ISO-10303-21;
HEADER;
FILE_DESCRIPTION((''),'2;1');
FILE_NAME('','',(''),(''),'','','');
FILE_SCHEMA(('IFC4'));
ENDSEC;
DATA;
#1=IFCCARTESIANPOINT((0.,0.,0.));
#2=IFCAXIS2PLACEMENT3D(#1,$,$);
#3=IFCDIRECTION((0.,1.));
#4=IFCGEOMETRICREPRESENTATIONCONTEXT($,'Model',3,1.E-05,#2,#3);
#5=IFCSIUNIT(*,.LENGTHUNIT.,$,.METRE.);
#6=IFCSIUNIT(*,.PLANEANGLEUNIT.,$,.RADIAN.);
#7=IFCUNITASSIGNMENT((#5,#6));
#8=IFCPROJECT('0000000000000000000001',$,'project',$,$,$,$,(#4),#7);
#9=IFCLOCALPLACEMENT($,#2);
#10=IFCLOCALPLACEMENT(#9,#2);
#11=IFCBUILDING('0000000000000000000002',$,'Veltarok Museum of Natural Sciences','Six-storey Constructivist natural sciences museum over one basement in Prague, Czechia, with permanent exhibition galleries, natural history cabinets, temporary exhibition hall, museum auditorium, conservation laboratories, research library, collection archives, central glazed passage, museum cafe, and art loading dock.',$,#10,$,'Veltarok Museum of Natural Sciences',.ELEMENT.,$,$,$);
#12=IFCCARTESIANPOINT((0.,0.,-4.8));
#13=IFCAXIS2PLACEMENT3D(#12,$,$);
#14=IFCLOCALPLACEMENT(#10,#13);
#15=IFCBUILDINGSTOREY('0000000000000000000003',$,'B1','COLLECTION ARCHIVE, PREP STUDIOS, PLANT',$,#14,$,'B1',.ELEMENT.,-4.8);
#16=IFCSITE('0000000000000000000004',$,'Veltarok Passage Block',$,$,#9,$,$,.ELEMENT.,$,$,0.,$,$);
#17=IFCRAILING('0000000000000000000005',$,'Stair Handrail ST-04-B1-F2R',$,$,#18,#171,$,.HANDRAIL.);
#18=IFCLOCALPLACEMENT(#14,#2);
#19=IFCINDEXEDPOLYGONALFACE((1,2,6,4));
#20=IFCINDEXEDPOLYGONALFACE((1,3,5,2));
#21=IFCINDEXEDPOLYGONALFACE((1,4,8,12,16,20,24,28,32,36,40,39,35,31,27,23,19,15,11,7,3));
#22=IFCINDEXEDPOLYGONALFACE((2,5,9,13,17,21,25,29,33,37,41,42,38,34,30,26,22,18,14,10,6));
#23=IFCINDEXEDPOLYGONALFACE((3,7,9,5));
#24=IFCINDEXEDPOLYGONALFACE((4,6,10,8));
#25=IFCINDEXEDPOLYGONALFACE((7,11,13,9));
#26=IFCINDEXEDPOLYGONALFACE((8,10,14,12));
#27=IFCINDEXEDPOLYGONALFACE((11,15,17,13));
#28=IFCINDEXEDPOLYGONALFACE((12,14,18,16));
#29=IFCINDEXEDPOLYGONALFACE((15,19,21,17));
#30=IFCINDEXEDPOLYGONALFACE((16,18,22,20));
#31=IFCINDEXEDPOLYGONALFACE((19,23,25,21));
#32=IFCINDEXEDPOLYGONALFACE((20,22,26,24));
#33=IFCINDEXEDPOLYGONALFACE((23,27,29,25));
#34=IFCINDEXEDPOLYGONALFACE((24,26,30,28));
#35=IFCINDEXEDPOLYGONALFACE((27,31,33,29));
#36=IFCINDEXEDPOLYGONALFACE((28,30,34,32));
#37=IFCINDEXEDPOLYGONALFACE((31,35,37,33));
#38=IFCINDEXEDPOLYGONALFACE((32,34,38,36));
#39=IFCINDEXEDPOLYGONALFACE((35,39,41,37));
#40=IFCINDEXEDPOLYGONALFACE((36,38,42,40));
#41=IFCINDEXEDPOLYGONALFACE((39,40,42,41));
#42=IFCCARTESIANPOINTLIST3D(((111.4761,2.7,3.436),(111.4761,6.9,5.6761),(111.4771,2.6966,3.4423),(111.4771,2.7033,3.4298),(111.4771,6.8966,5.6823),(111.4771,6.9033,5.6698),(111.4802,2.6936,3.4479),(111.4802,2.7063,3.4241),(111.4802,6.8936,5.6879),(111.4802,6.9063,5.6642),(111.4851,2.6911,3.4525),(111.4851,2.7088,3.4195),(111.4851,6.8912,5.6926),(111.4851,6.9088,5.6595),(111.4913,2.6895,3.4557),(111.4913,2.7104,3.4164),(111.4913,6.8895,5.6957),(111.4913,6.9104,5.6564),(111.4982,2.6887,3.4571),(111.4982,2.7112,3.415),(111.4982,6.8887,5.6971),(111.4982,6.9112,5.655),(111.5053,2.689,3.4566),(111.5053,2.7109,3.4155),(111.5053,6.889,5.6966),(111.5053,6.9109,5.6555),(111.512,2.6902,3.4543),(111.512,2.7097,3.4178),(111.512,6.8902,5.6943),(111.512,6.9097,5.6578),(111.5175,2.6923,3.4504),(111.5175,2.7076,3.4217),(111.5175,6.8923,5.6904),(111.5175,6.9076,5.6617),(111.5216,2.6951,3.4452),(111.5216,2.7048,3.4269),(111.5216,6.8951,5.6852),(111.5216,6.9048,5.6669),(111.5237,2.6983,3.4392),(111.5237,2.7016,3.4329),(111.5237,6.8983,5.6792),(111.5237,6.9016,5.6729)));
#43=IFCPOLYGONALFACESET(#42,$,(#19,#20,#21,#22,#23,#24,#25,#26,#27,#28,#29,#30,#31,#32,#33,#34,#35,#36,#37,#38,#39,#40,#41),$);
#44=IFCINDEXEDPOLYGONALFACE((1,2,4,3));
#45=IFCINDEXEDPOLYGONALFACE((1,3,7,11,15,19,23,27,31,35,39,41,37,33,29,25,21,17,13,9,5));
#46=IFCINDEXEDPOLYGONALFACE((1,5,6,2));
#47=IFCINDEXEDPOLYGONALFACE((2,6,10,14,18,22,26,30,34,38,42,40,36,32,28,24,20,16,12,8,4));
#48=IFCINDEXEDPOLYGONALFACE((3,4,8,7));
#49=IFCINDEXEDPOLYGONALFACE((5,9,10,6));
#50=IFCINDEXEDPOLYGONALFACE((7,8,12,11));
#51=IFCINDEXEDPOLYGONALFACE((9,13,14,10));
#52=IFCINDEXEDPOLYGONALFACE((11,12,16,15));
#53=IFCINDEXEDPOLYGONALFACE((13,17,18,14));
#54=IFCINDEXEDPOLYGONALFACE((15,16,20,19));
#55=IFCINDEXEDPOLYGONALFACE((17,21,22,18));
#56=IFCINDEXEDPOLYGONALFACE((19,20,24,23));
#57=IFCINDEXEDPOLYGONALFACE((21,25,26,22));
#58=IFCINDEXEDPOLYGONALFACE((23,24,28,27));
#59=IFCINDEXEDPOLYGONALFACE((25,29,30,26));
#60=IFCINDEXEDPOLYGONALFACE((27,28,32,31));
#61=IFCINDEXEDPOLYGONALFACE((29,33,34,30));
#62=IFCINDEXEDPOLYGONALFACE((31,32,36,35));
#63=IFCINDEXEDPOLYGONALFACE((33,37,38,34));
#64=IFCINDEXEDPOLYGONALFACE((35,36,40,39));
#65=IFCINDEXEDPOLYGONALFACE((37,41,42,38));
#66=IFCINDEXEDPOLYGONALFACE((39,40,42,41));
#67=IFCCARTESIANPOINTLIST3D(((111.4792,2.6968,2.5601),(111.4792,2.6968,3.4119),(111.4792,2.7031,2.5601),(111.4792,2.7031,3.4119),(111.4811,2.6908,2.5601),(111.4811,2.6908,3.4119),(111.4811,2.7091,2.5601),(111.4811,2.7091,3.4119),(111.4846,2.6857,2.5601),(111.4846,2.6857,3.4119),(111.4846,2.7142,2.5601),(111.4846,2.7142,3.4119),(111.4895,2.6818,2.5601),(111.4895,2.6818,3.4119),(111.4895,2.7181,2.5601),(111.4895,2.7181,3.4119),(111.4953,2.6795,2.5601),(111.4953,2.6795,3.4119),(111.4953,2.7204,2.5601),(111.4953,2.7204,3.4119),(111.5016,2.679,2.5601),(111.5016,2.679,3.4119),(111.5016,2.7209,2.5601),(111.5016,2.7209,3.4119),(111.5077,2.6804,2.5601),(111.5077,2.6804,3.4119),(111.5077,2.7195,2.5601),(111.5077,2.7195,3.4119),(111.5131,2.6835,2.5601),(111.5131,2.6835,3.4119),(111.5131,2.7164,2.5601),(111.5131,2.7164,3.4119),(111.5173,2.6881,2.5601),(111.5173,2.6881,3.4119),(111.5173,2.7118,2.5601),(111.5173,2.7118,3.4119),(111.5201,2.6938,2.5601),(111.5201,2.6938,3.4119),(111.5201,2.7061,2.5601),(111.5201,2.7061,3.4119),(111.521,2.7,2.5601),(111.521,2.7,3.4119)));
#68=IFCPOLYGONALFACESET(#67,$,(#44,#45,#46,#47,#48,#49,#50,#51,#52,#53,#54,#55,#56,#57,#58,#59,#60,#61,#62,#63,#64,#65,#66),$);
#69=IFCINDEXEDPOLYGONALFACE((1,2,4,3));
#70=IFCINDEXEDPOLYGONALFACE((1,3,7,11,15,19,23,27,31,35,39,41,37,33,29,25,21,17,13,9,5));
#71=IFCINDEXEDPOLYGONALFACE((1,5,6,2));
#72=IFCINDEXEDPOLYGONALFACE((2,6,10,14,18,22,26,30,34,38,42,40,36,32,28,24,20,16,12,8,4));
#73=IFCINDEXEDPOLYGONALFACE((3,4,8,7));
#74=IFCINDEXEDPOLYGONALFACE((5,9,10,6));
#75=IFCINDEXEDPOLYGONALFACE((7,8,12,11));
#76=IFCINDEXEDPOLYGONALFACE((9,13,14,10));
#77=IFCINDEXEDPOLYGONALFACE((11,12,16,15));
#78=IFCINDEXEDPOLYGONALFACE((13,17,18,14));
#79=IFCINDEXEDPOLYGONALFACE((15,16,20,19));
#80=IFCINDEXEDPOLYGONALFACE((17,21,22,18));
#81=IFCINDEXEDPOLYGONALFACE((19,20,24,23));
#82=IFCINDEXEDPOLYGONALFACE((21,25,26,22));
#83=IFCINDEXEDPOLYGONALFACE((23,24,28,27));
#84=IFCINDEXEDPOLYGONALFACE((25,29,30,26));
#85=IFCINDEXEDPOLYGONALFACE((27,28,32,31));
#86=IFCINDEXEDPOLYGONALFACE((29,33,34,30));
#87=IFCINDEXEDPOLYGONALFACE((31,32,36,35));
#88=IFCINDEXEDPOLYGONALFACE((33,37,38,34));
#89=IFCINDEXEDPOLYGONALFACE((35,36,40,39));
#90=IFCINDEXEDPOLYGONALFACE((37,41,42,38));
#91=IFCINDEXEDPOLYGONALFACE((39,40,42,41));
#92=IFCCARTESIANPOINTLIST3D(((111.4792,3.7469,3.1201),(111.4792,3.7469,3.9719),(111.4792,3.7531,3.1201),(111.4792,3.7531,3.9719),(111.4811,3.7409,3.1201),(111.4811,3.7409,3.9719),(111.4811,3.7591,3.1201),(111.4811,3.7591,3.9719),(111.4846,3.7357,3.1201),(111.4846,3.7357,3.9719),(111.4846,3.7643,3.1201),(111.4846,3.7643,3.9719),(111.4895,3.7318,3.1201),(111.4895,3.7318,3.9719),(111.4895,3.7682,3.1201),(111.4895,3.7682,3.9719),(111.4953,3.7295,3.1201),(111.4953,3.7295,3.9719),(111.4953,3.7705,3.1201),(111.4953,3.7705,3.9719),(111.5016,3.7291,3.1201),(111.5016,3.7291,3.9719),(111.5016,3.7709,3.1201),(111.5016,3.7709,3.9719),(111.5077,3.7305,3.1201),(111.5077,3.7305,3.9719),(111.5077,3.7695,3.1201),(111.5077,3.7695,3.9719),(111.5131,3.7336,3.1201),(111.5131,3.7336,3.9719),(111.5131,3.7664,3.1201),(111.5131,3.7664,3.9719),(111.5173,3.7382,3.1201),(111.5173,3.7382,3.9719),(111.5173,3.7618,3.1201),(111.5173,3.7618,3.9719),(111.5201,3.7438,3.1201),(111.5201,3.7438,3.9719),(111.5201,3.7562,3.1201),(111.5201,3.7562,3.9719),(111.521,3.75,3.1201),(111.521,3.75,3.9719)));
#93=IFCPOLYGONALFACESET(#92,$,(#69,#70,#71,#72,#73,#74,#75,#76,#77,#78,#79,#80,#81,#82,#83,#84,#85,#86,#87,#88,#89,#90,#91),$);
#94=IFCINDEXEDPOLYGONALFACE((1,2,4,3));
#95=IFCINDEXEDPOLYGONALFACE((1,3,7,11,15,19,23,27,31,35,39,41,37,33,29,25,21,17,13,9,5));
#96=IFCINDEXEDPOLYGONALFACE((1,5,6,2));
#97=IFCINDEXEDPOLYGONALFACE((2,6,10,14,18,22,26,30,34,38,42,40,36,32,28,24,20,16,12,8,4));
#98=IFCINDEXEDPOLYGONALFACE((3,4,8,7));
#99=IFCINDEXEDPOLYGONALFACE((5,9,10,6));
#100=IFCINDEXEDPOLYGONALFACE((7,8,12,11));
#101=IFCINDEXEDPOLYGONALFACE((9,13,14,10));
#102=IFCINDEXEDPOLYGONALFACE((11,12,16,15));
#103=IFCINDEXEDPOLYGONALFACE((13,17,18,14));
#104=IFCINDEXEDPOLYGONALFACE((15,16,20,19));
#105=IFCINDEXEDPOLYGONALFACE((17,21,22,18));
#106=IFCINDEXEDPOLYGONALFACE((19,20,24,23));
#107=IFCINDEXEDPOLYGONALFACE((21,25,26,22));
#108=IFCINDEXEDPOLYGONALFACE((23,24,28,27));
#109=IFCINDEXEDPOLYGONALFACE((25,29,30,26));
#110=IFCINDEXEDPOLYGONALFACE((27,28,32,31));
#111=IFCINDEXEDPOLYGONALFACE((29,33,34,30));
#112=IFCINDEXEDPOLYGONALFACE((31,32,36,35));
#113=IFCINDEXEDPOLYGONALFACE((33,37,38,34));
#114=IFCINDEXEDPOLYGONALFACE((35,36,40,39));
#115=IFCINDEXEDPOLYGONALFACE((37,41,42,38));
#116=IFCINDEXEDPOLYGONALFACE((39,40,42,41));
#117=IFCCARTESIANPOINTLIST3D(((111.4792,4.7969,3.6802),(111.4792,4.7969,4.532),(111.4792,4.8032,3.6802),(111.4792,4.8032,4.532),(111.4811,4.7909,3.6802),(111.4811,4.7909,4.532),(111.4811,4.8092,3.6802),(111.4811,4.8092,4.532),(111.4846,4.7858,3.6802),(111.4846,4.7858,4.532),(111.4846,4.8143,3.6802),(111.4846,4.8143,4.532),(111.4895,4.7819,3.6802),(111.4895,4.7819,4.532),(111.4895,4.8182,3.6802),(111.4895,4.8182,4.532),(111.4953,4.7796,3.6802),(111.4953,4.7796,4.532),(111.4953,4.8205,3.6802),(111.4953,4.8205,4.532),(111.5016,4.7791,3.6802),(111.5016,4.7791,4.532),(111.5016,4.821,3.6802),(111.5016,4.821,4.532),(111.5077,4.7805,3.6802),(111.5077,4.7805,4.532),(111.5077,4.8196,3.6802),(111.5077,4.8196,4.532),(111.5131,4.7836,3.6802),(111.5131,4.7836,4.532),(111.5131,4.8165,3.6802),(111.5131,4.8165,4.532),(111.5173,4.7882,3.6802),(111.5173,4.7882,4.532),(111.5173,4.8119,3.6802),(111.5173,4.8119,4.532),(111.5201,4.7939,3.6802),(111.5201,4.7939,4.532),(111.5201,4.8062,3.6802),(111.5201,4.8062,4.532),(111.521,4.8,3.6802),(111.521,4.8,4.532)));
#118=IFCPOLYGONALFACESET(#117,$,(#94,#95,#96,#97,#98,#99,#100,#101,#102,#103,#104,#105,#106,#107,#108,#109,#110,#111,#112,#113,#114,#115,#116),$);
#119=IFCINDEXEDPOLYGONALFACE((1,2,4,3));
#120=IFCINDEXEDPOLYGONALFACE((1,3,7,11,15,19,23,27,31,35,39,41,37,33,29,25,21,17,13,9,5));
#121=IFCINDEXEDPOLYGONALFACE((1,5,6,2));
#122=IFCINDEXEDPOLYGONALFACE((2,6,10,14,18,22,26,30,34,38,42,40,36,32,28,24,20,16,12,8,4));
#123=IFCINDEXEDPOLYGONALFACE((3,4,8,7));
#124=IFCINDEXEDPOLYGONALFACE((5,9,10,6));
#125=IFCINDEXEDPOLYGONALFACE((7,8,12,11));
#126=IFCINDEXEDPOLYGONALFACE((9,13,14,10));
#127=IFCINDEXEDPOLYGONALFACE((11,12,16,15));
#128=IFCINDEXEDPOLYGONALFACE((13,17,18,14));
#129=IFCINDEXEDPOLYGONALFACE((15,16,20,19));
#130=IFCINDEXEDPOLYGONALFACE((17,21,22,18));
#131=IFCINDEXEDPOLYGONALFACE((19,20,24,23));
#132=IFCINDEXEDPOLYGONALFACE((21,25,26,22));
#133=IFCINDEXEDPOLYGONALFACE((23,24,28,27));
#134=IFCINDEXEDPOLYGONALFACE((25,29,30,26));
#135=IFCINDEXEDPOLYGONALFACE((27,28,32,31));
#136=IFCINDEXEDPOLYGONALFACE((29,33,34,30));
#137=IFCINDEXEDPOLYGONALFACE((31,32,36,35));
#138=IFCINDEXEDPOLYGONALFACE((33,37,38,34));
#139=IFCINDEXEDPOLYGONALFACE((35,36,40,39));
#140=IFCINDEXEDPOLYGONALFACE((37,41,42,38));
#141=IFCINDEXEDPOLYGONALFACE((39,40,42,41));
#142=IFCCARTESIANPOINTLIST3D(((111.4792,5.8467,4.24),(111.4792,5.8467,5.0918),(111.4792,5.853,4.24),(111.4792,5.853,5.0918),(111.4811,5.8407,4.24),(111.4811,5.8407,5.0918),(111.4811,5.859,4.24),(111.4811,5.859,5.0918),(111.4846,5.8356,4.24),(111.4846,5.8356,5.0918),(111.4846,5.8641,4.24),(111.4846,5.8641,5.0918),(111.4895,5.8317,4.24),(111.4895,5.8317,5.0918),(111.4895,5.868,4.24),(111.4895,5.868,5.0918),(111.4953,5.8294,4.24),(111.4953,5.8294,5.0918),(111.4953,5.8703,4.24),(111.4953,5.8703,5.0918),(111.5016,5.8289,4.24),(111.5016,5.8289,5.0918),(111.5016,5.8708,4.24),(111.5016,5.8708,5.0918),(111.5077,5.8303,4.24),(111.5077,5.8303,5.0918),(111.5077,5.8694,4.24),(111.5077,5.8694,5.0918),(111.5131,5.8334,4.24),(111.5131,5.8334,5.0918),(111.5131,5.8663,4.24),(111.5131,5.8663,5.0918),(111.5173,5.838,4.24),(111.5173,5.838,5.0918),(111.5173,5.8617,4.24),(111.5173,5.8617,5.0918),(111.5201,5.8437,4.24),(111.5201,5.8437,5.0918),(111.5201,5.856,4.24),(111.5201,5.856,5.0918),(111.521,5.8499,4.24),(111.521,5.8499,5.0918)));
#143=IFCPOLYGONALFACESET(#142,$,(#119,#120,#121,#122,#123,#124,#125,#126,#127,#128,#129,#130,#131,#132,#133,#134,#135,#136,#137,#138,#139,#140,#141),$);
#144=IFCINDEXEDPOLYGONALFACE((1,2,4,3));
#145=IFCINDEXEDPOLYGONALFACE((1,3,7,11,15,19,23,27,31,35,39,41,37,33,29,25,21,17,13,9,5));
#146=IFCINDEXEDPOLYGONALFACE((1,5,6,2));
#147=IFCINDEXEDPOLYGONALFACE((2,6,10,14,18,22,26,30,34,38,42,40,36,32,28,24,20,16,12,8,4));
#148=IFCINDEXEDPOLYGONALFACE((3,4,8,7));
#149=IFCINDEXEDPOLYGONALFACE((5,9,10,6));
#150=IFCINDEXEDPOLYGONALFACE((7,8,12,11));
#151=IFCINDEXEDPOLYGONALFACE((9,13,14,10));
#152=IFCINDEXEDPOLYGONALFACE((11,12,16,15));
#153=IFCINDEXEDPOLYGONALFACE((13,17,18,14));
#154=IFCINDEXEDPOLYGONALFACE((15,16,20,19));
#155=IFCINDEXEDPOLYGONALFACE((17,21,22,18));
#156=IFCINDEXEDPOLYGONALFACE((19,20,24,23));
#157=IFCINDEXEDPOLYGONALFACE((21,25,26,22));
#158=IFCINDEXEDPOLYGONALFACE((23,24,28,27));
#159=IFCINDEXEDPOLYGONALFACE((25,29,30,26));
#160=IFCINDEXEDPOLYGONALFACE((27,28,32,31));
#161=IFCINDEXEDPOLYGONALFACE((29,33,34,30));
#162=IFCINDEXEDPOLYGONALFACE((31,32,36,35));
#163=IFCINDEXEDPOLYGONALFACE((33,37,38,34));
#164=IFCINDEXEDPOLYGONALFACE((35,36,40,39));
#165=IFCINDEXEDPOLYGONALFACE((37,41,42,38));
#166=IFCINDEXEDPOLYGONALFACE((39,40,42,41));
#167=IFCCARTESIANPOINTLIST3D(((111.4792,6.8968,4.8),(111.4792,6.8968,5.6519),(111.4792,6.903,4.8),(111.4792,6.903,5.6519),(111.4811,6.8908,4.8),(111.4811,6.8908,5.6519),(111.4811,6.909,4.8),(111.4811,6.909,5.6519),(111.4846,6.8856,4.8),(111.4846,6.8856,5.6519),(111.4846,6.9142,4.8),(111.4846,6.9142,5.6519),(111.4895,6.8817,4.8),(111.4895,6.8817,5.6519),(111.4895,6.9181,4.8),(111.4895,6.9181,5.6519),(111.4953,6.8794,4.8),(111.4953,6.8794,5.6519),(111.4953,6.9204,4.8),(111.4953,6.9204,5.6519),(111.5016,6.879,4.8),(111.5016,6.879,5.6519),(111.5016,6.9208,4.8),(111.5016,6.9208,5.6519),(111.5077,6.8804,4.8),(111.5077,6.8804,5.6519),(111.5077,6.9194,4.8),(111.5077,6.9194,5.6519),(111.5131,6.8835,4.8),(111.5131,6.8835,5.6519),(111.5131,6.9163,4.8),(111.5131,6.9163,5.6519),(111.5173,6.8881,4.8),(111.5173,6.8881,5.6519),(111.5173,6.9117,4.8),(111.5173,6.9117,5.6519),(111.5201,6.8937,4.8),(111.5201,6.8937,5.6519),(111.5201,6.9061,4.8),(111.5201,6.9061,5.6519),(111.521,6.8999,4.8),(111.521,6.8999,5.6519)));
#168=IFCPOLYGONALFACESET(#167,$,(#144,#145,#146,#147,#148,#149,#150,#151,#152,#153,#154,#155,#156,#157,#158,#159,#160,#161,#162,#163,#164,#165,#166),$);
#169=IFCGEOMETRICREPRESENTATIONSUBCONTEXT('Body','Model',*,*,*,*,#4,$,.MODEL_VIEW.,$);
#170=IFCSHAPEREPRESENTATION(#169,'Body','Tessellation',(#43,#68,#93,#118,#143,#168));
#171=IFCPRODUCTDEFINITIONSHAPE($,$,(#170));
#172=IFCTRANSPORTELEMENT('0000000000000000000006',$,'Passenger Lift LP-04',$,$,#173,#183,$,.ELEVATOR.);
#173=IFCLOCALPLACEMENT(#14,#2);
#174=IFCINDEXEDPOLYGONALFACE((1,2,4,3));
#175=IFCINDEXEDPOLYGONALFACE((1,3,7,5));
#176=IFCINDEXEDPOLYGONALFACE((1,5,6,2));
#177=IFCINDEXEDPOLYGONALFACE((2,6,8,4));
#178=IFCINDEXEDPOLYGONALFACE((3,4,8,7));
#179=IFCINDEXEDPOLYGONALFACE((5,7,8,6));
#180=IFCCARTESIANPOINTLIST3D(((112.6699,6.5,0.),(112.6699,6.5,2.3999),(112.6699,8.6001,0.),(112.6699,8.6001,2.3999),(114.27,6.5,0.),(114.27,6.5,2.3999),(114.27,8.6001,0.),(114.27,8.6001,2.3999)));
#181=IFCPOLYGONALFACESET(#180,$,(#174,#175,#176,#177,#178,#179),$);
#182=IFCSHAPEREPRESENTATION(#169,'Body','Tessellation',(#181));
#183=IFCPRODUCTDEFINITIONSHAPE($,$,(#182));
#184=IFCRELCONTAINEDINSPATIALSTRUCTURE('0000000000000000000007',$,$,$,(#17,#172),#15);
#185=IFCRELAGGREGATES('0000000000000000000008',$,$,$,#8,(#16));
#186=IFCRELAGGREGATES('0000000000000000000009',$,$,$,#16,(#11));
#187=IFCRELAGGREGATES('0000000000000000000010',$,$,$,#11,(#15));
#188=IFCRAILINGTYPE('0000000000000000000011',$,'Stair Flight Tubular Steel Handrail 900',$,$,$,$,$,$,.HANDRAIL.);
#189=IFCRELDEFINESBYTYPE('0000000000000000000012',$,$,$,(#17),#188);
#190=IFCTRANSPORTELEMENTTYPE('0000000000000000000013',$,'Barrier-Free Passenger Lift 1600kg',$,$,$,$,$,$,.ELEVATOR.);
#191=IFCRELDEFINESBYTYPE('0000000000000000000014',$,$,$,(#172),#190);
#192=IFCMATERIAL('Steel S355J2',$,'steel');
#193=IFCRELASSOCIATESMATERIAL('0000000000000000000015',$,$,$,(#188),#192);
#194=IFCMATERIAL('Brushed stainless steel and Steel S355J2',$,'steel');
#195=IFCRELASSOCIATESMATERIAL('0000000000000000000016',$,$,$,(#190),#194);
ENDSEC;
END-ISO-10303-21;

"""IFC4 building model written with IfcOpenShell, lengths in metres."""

from ifc_helpers import new_model, si_unit, direction, frame, origin, origin_2d, place, context, subcontext, project, spatial, rectangle, circle, extrude, material, type_object, element, save


model = new_model("IFC4")

# Units and contexts
model_context = context("Model", 3, precision=1e-05, world=origin(), true_north=direction((0.0, 1.0)))
body_context = subcontext(model_context, "Body", "Model", "MODEL_VIEW")
ifc_project = project(units=[si_unit("LENGTHUNIT", "METRE"), si_unit("PLANEANGLEUNIT", "RADIAN")], contexts=[model_context])

# Site, building, storey
site_placement = place(None, origin())
site = spatial("IfcSite", under=ifc_project, at=site_placement, Name="Veltarok Passage Block", CompositionType="ELEMENT", RefElevation=0.0)
building_placement = place(site_placement, origin())
building = spatial("IfcBuilding", under=site, at=building_placement, Name="Veltarok Museum of Natural Sciences", Description="Six-storey Constructivist natural sciences museum over one basement in Prague, Czechia, with permanent exhibition galleries, natural history cabinets, temporary exhibition hall, museum auditorium, conservation laboratories, research library, collection archives, central glazed passage, museum cafe, and art loading dock.", LongName="Veltarok Museum of Natural Sciences", CompositionType="ELEMENT")
storey_placement = place(building_placement, frame((0.0, 0.0, -4.8)))
storey = spatial("IfcBuildingStorey", under=building, at=storey_placement, Name="B1", Description="COLLECTION ARCHIVE, PREP STUDIOS, PLANT", LongName="B1", CompositionType="ELEMENT", Elevation=-4.8)

# Shared definitions
ifc_material_1 = material(Name="Steel S355J2", Category="steel")

# Railing
railing_type_1 = type_object("IfcRailingType", Name="Stair Flight Tubular Steel Handrail 900", PredefinedType="HANDRAIL", material=ifc_material_1)
for number, where, name in (
    (1, (111.5, 2.7, 2.5601), "Stair Handrail ST-04-B1-F2R"),
):
    element("IfcRailing", number, at=place(storey_placement, frame(where)), inside=storey, type_object=railing_type_1, Name=name, PredefinedType="HANDRAIL", context=body_context, shape_type="SweptSolid", body=[
        extrude(circle(Radius=0.0239, at=origin_2d()), frame((0.0, 0.0, 0.876), z_axis=(0.0, 0.882352, 0.470591), x_axis=(-1.0, 0.0, 0.0)), (0.0, 0.0, 1.0), 4.76),
        extrude(circle(Radius=0.021, at=origin_2d()), origin(), (0.0, 0.0, 1.0), 0.8518),
        extrude(circle(Radius=0.021, at=origin_2d()), frame((0.0, 1.05, 0.5601)), (0.0, 0.0, 1.0), 0.8518),
        extrude(circle(Radius=0.021, at=origin_2d()), frame((0.0, 2.1001, 1.1201)), (0.0, 0.0, 1.0), 0.8518),
        extrude(circle(Radius=0.021, at=origin_2d()), frame((0.0, 3.1499, 1.6799)), (0.0, 0.0, 1.0), 0.8518),
        extrude(circle(Radius=0.021, at=origin_2d()), frame((0.0, 4.2, 2.24)), (0.0, 0.0, 1.0), 0.8518),
    ])

# Transport element
ifc_material_2 = material(Name="Brushed stainless steel and Steel S355J2", Category="steel")
transport_element_type = type_object("IfcTransportElementType", Name="Barrier-Free Passenger Lift 1600kg", PredefinedType="ELEVATOR", material=ifc_material_2)
transport_element_placement = place(storey_placement, frame((113.47, 7.55, 0.0), z_axis=(0.0, 0.0, 1.0), x_axis=(1.0, 0.0, 0.0)))
element("IfcTransportElement", 2, at=transport_element_placement, inside=storey, type_object=transport_element_type, Name="Passenger Lift LP-04", PredefinedType="ELEVATOR", context=body_context, shape_type="SweptSolid", body=[
    extrude(rectangle(XDim=1.6001, YDim=2.1001, at=origin_2d()), origin(), (0.0, 0.0, 1.0), 2.3999),
])

save(model, "model.ifc")
